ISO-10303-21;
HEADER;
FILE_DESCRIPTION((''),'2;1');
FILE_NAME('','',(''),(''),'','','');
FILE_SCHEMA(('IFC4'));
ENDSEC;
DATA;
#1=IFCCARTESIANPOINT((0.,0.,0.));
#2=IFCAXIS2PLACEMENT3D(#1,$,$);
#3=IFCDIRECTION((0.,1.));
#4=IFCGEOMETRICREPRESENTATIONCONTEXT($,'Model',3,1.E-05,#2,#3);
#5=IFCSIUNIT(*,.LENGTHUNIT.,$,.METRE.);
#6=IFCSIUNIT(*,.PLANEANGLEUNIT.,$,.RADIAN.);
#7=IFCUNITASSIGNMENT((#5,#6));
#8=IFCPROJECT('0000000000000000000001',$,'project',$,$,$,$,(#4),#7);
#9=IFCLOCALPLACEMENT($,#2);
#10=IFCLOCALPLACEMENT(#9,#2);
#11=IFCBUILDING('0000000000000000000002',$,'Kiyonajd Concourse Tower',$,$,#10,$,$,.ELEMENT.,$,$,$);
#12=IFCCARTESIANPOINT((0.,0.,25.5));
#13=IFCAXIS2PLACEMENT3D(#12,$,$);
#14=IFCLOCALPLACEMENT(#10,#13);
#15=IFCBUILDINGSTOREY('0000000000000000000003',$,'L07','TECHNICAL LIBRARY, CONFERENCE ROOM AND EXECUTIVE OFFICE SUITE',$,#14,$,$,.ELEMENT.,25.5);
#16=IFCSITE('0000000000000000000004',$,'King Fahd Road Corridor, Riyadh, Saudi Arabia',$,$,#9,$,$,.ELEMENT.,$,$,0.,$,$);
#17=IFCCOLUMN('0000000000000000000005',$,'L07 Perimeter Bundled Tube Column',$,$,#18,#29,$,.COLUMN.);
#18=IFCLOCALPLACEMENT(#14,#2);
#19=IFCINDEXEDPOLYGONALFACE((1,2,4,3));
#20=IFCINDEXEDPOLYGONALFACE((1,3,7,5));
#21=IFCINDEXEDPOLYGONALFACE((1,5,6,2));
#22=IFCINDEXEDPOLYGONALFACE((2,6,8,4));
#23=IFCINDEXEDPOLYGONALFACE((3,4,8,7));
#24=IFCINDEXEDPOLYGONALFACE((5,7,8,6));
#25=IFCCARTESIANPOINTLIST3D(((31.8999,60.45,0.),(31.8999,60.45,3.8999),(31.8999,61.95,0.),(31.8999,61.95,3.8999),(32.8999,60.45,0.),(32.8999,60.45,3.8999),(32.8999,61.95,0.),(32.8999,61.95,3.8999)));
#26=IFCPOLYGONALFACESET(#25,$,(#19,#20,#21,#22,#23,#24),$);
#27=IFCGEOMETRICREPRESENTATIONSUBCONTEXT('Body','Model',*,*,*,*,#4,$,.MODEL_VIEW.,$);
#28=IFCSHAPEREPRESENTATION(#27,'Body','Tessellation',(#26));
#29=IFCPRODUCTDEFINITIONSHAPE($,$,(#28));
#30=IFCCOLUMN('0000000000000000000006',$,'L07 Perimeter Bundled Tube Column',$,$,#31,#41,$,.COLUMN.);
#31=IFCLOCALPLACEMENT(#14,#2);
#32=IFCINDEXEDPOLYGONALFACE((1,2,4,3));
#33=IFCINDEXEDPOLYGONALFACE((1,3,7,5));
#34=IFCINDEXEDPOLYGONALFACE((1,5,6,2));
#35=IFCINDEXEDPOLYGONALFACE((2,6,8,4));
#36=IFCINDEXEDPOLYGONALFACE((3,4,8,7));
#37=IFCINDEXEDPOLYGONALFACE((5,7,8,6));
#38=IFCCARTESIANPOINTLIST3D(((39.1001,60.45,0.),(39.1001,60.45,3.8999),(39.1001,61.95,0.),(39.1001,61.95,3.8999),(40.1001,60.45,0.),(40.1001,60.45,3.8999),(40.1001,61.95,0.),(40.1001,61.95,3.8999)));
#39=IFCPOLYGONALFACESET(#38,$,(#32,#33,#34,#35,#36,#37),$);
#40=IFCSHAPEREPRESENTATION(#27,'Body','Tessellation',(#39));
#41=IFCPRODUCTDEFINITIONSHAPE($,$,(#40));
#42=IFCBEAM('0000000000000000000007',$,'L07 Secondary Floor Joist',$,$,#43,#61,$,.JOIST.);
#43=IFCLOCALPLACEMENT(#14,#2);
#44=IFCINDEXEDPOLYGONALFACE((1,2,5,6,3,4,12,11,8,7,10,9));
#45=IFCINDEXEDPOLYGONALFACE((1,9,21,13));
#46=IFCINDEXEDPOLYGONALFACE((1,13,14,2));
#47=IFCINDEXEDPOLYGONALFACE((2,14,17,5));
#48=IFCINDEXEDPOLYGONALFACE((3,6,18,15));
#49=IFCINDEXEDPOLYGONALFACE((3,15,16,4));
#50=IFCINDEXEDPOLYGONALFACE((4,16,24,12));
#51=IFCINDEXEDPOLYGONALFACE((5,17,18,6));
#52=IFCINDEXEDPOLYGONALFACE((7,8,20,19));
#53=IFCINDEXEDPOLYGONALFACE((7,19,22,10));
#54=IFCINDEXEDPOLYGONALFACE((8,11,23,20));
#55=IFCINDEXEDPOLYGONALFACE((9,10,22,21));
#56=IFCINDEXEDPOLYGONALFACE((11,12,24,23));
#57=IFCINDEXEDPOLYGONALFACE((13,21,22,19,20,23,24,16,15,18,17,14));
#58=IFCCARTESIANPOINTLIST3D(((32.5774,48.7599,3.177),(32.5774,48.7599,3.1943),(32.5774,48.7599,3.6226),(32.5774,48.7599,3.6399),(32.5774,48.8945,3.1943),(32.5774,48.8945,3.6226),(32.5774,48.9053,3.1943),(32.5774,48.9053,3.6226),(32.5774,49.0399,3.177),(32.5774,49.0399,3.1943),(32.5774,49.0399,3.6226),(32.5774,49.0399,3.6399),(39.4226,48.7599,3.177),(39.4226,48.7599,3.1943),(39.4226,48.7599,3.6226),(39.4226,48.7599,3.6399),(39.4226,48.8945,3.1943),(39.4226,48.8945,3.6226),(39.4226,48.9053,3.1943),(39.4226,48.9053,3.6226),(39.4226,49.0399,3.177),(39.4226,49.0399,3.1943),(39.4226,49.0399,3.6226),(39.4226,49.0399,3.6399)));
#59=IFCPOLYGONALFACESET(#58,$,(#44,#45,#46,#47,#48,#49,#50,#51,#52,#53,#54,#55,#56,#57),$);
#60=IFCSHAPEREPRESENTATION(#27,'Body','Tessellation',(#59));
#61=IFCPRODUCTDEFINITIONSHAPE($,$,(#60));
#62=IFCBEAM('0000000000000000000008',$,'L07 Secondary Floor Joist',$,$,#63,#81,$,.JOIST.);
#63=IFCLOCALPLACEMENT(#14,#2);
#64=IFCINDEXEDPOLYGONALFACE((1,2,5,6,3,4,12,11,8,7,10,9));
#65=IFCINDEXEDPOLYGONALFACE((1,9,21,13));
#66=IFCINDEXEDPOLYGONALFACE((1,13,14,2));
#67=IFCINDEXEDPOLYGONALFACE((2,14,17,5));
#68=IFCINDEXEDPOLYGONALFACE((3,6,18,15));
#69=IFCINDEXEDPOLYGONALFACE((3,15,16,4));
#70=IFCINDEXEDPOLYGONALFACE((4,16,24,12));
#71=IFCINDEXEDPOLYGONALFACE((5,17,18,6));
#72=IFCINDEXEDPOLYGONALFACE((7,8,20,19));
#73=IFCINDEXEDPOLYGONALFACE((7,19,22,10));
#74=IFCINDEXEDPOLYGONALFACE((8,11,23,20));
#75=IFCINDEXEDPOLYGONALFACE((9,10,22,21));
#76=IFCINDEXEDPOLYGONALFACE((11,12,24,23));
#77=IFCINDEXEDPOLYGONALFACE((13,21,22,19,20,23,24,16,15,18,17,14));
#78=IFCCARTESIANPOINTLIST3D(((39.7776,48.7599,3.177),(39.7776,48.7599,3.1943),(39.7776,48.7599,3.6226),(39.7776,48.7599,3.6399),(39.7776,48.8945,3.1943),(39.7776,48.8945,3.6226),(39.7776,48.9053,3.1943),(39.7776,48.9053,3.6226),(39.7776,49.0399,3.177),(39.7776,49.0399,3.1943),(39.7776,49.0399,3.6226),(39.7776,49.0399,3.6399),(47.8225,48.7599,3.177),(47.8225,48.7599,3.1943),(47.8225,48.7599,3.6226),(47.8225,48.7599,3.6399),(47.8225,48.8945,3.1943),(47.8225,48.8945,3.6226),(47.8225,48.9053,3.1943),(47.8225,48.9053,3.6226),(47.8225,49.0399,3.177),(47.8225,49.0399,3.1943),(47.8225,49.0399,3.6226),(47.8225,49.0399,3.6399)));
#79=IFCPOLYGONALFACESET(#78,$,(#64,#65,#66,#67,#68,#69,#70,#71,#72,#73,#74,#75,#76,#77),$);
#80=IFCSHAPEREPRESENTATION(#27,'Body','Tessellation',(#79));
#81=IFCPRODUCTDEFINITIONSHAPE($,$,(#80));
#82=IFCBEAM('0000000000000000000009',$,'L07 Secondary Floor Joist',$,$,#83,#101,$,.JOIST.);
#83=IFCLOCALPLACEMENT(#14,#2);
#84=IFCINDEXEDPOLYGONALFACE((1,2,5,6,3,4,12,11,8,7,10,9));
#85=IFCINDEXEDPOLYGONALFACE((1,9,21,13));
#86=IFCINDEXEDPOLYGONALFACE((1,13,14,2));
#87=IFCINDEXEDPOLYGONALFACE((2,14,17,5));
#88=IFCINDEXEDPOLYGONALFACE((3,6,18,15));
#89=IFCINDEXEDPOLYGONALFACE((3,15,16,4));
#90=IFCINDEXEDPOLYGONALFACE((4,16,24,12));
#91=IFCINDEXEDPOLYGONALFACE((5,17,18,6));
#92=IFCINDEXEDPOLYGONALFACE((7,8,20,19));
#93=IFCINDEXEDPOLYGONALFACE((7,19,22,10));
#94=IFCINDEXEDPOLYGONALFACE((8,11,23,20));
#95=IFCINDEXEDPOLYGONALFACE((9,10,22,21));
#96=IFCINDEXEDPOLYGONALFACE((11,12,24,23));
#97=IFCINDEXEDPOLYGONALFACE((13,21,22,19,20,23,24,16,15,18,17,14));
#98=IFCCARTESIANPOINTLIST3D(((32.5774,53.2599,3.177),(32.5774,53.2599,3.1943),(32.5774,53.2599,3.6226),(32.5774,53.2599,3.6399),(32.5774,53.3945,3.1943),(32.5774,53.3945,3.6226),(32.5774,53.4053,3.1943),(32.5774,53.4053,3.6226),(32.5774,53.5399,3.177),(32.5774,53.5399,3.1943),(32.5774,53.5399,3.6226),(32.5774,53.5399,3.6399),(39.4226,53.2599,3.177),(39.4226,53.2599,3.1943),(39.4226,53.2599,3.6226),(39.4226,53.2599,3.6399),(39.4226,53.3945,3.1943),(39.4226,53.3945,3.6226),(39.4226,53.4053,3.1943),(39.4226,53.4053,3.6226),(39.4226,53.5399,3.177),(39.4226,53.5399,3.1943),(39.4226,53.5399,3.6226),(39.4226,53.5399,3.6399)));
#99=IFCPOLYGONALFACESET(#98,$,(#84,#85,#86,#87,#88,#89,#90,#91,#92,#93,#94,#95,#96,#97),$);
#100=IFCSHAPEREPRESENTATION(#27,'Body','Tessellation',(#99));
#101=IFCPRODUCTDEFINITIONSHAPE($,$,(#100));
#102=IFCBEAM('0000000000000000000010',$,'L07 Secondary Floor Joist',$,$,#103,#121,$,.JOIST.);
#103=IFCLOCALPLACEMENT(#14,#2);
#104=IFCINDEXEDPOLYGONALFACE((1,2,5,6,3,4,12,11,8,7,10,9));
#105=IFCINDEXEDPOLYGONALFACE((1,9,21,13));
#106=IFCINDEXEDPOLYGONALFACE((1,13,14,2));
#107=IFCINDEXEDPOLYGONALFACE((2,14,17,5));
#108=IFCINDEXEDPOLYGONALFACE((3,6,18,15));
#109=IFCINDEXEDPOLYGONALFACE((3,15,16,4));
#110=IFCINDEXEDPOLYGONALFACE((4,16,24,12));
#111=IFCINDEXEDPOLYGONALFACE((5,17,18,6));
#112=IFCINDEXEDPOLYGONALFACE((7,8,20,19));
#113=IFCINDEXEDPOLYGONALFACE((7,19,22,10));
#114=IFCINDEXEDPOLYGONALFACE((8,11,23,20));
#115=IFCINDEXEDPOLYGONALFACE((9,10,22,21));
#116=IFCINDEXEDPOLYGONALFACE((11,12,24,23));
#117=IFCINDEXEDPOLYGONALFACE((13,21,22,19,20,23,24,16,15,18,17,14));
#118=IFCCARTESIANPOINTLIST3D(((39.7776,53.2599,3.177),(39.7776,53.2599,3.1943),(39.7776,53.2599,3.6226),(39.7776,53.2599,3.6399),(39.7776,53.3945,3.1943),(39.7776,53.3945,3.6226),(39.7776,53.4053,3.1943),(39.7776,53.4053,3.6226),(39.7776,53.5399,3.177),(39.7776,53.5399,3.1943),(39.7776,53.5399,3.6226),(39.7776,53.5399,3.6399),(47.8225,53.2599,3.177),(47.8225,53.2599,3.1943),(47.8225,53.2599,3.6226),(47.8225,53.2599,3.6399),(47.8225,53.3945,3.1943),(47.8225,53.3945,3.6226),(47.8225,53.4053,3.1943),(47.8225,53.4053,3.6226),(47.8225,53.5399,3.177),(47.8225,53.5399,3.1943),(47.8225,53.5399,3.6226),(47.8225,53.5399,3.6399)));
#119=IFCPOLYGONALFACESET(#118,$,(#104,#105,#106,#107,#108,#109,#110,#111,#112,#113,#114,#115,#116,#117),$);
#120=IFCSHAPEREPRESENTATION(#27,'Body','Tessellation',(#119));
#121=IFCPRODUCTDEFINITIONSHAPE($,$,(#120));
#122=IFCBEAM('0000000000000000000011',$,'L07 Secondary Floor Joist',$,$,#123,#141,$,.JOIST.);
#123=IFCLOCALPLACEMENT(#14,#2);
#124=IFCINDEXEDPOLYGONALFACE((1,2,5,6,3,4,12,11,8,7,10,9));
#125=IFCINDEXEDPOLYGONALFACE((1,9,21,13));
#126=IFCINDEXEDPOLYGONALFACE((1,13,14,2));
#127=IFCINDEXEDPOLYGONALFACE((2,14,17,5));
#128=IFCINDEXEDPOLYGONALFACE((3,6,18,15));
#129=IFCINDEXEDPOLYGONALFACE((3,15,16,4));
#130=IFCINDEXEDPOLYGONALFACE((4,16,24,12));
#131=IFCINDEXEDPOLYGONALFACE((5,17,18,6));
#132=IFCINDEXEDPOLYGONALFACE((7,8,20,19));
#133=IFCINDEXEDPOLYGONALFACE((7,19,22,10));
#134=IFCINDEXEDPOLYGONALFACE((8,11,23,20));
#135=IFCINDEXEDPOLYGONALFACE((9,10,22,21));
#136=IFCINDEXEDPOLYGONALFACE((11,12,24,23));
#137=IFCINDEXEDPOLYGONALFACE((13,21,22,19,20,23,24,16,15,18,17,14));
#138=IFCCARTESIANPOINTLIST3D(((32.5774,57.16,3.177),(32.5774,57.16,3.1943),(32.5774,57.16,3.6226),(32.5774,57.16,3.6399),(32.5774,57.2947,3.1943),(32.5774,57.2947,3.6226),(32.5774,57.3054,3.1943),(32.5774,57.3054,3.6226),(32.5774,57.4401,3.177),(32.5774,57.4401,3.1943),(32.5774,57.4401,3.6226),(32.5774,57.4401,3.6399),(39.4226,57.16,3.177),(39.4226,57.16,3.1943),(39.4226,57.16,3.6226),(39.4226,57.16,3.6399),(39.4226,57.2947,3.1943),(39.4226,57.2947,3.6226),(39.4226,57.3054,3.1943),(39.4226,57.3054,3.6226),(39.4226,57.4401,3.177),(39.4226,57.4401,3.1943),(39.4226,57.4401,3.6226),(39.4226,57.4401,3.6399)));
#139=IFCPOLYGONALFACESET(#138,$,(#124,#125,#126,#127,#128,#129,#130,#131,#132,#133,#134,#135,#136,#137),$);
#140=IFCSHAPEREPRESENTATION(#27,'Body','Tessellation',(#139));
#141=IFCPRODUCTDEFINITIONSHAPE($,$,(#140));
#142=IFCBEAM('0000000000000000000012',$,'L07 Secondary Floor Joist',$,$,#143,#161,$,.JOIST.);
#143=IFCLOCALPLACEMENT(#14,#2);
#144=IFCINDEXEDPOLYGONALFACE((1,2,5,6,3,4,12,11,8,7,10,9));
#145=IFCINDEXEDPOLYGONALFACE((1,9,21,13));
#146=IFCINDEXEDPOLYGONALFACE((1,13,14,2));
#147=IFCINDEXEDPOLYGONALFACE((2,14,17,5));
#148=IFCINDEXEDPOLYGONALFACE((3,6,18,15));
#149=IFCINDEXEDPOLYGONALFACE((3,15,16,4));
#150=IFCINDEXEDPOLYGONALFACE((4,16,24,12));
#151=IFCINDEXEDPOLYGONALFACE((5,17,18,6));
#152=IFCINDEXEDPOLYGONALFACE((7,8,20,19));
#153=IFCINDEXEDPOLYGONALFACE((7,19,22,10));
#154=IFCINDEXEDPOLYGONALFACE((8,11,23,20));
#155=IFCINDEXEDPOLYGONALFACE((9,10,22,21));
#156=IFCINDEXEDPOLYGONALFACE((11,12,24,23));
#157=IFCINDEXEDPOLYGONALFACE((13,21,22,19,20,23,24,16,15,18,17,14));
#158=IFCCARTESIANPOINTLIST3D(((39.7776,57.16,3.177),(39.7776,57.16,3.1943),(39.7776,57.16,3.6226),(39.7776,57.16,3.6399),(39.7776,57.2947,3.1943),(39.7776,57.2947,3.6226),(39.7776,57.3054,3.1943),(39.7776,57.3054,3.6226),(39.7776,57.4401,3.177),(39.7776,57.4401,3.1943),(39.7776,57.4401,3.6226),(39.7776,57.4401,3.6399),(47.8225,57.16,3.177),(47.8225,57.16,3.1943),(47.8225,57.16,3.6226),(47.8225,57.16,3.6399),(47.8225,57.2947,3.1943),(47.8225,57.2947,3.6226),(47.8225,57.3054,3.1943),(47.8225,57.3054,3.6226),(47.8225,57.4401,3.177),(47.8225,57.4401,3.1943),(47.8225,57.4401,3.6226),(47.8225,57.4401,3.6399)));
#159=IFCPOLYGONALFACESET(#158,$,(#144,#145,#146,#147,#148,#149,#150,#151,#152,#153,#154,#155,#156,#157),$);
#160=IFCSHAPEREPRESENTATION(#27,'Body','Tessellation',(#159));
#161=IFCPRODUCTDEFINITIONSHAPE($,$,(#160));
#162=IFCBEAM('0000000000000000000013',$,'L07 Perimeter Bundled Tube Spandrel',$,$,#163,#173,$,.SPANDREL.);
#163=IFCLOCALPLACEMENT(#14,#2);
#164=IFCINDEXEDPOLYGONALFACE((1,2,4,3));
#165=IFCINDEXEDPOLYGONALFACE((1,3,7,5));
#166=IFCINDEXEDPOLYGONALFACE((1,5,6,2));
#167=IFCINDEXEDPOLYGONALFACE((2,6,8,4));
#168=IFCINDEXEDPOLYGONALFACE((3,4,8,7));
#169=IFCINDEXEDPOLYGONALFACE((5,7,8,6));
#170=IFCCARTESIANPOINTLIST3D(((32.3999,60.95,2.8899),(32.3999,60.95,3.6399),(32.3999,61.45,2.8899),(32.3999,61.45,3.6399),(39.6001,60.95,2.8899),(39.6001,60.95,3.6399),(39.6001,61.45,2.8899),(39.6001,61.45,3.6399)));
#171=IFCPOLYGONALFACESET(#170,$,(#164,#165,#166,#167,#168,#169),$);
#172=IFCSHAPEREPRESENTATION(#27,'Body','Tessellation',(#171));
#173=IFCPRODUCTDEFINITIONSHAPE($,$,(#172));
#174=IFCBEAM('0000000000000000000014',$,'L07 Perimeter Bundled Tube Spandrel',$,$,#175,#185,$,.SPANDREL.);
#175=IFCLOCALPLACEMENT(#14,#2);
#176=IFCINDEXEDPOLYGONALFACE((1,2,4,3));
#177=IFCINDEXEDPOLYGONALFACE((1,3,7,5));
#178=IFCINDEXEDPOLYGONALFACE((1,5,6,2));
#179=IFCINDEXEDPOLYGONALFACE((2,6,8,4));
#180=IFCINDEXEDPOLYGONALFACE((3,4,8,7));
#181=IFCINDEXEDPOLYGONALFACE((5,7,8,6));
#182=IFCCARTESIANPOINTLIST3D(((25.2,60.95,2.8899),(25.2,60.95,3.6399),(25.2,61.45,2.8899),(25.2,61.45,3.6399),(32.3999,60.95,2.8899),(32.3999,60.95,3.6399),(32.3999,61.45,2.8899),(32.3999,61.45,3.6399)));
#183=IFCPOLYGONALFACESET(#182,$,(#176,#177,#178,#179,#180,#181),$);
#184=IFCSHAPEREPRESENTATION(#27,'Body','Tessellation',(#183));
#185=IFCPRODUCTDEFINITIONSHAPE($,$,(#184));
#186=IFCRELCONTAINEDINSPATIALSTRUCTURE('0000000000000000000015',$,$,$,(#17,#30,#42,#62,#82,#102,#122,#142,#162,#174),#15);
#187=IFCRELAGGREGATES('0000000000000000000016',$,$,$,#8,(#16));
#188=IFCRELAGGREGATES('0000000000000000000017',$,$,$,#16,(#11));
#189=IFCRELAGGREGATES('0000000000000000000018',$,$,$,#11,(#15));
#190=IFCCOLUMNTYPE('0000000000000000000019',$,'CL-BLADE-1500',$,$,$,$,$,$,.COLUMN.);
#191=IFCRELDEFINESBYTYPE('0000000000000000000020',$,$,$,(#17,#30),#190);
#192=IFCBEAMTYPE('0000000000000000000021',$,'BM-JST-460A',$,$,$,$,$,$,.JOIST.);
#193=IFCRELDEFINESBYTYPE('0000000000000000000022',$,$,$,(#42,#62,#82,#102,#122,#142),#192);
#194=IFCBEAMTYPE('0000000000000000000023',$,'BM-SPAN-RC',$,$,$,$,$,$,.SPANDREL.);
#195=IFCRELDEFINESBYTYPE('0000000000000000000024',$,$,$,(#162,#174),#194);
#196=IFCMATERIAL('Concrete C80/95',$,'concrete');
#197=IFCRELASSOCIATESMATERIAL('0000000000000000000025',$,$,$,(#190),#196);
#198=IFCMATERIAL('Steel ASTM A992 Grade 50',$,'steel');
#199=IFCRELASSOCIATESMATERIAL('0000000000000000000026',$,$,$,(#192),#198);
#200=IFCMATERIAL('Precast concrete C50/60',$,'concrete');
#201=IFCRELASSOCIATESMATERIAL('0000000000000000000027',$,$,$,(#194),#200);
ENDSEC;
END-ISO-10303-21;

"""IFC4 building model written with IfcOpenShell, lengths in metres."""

from ifc_helpers import new_model, si_unit, direction, frame, origin, origin_2d, place, context, subcontext, project, spatial, rectangle, i_section, extrude, material, material_profile, profile_set, type_object, element, save


model = new_model("IFC4")

# Units and contexts
model_context = context("Model", 3, precision=1e-05, world=origin(), true_north=direction((0.0, 1.0)))
body_context = subcontext(model_context, "Body", "Model", "MODEL_VIEW")
ifc_project = project(units=[si_unit("LENGTHUNIT", "METRE"), si_unit("PLANEANGLEUNIT", "RADIAN")], contexts=[model_context])

# Site, building, storey
site_placement = place(None, origin())
site = spatial("IfcSite", under=ifc_project, at=site_placement, Name="King Fahd Road Corridor, Riyadh, Saudi Arabia", CompositionType="ELEMENT", RefElevation=0.0)
building_placement = place(site_placement, origin())
building = spatial("IfcBuilding", under=site, at=building_placement, Name="Kiyonajd Concourse Tower", CompositionType="ELEMENT")
storey_placement = place(building_placement, frame((0.0, 0.0, 25.5)))
storey = spatial("IfcBuildingStorey", under=building, at=storey_placement, Name="L07", Description="TECHNICAL LIBRARY, CONFERENCE ROOM AND EXECUTIVE OFFICE SUITE", CompositionType="ELEMENT", Elevation=25.5)

# Columns
ifc_material_1 = material(Name="Concrete C80/95", Category="concrete")
ifc_material_profile_1 = material_profile(ifc_material_1, rectangle(XDim=1.0, YDim=1.5, at=origin_2d()), Name="RC-1500x1000")
ifc_profile_set_1 = profile_set([ifc_material_profile_1], Name="Concrete C80/95")
column_type = type_object("IfcColumnType", Name="CL-BLADE-1500", PredefinedType="COLUMN", material=ifc_profile_set_1)
for number, where, z_axis, x_axis, name in (
    (1, (32.3999, 61.2, 0.0), (0.0, 0.0, 1.0), (1.0, 0.0, 0.0), "L07 Perimeter Bundled Tube Column"),
    (2, (39.6001, 61.2, 0.0), (0.0, 0.0, 1.0), (1.0, 0.0, 0.0), "L07 Perimeter Bundled Tube Column"),
):
    element("IfcColumn", number, at=place(storey_placement, frame(where, z_axis=z_axis, x_axis=x_axis)), inside=storey, type_object=column_type, Name=name, PredefinedType="COLUMN", context=body_context, shape_type="SweptSolid", body=[
        extrude(rectangle(XDim=1.0, YDim=1.5, at=origin_2d()), origin(), (0.0, 0.0, 1.0), 3.8999),
    ])

# Beams
ifc_material_2 = material(Name="Steel ASTM A992 Grade 50", Category="steel")
ifc_material_profile_2 = material_profile(ifc_material_2, i_section(OverallWidth=0.28, OverallDepth=0.4629, WebThickness=0.0107, FlangeThickness=0.0173, at=origin_2d()), Name="W460X113")
ifc_profile_set_2 = profile_set([ifc_material_profile_2], Name="Steel ASTM A992 Grade 50")
beam_type_1 = type_object("IfcBeamType", Name="BM-JST-460A", PredefinedType="JOIST", material=ifc_profile_set_2)
beam_1_placement = place(storey_placement, frame((32.5774, 48.8999, 3.4084), z_axis=(1.0, 0.0, 0.0), x_axis=(0.0, 1.0, 0.0)))
element("IfcBeam", 3, at=beam_1_placement, inside=storey, type_object=beam_type_1, Name="L07 Secondary Floor Joist", PredefinedType="JOIST", context=body_context, shape_type="SweptSolid", body=[
    extrude(i_section(OverallWidth=0.28, OverallDepth=0.4629, WebThickness=0.0107, FlangeThickness=0.0173, at=origin_2d()), origin(), (0.0, 0.0, 1.0), 6.8452),
])
beam_2_placement = place(storey_placement, frame((39.7776, 48.8999, 3.4084), z_axis=(1.0, 0.0, 0.0), x_axis=(0.0, 1.0, 0.0)))
element("IfcBeam", 4, at=beam_2_placement, inside=storey, type_object=beam_type_1, Name="L07 Secondary Floor Joist", PredefinedType="JOIST", context=body_context, shape_type="SweptSolid", body=[
    extrude(i_section(OverallWidth=0.28, OverallDepth=0.4629, WebThickness=0.0107, FlangeThickness=0.0173, at=origin_2d()), origin(), (0.0, 0.0, 1.0), 8.0449),
])
beam_3_placement = place(storey_placement, frame((32.5774, 53.3999, 3.4084), z_axis=(1.0, 0.0, 0.0), x_axis=(0.0, 1.0, 0.0)))
element("IfcBeam", 5, at=beam_3_placement, inside=storey, type_object=beam_type_1, Name="L07 Secondary Floor Joist", PredefinedType="JOIST", context=body_context, shape_type="SweptSolid", body=[
    extrude(i_section(OverallWidth=0.28, OverallDepth=0.4629, WebThickness=0.0107, FlangeThickness=0.0173, at=origin_2d()), origin(), (0.0, 0.0, 1.0), 6.8452),
])
beam_4_placement = place(storey_placement, frame((39.7776, 53.3999, 3.4084), z_axis=(1.0, 0.0, 0.0), x_axis=(0.0, 1.0, 0.0)))
element("IfcBeam", 6, at=beam_4_placement, inside=storey, type_object=beam_type_1, Name="L07 Secondary Floor Joist", PredefinedType="JOIST", context=body_context, shape_type="SweptSolid", body=[
    extrude(i_section(OverallWidth=0.28, OverallDepth=0.4629, WebThickness=0.0107, FlangeThickness=0.0173, at=origin_2d()), origin(), (0.0, 0.0, 1.0), 8.0449),
])
beam_5_placement = place(storey_placement, frame((32.5774, 57.3, 3.4084), z_axis=(1.0, 0.0, 0.0), x_axis=(0.0, 1.0, 0.0)))
element("IfcBeam", 7, at=beam_5_placement, inside=storey, type_object=beam_type_1, Name="L07 Secondary Floor Joist", PredefinedType="JOIST", context=body_context, shape_type="SweptSolid", body=[
    extrude(i_section(OverallWidth=0.28, OverallDepth=0.4629, WebThickness=0.0107, FlangeThickness=0.0173, at=origin_2d()), origin(), (0.0, 0.0, 1.0), 6.8452),
])
beam_6_placement = place(storey_placement, frame((39.7776, 57.3, 3.4084), z_axis=(1.0, 0.0, 0.0), x_axis=(0.0, 1.0, 0.0)))
element("IfcBeam", 8, at=beam_6_placement, inside=storey, type_object=beam_type_1, Name="L07 Secondary Floor Joist", PredefinedType="JOIST", context=body_context, shape_type="SweptSolid", body=[
    extrude(i_section(OverallWidth=0.28, OverallDepth=0.4629, WebThickness=0.0107, FlangeThickness=0.0173, at=origin_2d()), origin(), (0.0, 0.0, 1.0), 8.0449),
])
ifc_material_3 = material(Name="Precast concrete C50/60", Category="concrete")
ifc_material_profile_3 = material_profile(ifc_material_3, rectangle(XDim=0.5, YDim=0.75, at=origin_2d()), Name="RCBM-500x750")
ifc_profile_set_3 = profile_set([ifc_material_profile_3], Name="Precast concrete C50/60")
beam_type_2 = type_object("IfcBeamType", Name="BM-SPAN-RC", PredefinedType="SPANDREL", material=ifc_profile_set_3)
beam_7_placement = place(storey_placement, frame((39.6001, 61.2, 3.2649), z_axis=(-1.0, 0.0, 0.0), x_axis=(0.0, -1.0, 0.0)))
element("IfcBeam", 9, at=beam_7_placement, inside=storey, type_object=beam_type_2, Name="L07 Perimeter Bundled Tube Spandrel", PredefinedType="SPANDREL", context=body_context, shape_type="SweptSolid", body=[
    extrude(rectangle(XDim=0.5, YDim=0.75, at=origin_2d()), origin(), (0.0, 0.0, 1.0), 7.2002),
])
beam_8_placement = place(storey_placement, frame((32.3999, 61.2, 3.2649), z_axis=(-1.0, 0.0, 0.0), x_axis=(0.0, -1.0, 0.0)))
element("IfcBeam", 10, at=beam_8_placement, inside=storey, type_object=beam_type_2, Name="L07 Perimeter Bundled Tube Spandrel", PredefinedType="SPANDREL", context=body_context, shape_type="SweptSolid", body=[
    extrude(rectangle(XDim=0.5, YDim=0.75, at=origin_2d()), origin(), (0.0, 0.0, 1.0), 7.2),
])

save(model, "model.ifc")
